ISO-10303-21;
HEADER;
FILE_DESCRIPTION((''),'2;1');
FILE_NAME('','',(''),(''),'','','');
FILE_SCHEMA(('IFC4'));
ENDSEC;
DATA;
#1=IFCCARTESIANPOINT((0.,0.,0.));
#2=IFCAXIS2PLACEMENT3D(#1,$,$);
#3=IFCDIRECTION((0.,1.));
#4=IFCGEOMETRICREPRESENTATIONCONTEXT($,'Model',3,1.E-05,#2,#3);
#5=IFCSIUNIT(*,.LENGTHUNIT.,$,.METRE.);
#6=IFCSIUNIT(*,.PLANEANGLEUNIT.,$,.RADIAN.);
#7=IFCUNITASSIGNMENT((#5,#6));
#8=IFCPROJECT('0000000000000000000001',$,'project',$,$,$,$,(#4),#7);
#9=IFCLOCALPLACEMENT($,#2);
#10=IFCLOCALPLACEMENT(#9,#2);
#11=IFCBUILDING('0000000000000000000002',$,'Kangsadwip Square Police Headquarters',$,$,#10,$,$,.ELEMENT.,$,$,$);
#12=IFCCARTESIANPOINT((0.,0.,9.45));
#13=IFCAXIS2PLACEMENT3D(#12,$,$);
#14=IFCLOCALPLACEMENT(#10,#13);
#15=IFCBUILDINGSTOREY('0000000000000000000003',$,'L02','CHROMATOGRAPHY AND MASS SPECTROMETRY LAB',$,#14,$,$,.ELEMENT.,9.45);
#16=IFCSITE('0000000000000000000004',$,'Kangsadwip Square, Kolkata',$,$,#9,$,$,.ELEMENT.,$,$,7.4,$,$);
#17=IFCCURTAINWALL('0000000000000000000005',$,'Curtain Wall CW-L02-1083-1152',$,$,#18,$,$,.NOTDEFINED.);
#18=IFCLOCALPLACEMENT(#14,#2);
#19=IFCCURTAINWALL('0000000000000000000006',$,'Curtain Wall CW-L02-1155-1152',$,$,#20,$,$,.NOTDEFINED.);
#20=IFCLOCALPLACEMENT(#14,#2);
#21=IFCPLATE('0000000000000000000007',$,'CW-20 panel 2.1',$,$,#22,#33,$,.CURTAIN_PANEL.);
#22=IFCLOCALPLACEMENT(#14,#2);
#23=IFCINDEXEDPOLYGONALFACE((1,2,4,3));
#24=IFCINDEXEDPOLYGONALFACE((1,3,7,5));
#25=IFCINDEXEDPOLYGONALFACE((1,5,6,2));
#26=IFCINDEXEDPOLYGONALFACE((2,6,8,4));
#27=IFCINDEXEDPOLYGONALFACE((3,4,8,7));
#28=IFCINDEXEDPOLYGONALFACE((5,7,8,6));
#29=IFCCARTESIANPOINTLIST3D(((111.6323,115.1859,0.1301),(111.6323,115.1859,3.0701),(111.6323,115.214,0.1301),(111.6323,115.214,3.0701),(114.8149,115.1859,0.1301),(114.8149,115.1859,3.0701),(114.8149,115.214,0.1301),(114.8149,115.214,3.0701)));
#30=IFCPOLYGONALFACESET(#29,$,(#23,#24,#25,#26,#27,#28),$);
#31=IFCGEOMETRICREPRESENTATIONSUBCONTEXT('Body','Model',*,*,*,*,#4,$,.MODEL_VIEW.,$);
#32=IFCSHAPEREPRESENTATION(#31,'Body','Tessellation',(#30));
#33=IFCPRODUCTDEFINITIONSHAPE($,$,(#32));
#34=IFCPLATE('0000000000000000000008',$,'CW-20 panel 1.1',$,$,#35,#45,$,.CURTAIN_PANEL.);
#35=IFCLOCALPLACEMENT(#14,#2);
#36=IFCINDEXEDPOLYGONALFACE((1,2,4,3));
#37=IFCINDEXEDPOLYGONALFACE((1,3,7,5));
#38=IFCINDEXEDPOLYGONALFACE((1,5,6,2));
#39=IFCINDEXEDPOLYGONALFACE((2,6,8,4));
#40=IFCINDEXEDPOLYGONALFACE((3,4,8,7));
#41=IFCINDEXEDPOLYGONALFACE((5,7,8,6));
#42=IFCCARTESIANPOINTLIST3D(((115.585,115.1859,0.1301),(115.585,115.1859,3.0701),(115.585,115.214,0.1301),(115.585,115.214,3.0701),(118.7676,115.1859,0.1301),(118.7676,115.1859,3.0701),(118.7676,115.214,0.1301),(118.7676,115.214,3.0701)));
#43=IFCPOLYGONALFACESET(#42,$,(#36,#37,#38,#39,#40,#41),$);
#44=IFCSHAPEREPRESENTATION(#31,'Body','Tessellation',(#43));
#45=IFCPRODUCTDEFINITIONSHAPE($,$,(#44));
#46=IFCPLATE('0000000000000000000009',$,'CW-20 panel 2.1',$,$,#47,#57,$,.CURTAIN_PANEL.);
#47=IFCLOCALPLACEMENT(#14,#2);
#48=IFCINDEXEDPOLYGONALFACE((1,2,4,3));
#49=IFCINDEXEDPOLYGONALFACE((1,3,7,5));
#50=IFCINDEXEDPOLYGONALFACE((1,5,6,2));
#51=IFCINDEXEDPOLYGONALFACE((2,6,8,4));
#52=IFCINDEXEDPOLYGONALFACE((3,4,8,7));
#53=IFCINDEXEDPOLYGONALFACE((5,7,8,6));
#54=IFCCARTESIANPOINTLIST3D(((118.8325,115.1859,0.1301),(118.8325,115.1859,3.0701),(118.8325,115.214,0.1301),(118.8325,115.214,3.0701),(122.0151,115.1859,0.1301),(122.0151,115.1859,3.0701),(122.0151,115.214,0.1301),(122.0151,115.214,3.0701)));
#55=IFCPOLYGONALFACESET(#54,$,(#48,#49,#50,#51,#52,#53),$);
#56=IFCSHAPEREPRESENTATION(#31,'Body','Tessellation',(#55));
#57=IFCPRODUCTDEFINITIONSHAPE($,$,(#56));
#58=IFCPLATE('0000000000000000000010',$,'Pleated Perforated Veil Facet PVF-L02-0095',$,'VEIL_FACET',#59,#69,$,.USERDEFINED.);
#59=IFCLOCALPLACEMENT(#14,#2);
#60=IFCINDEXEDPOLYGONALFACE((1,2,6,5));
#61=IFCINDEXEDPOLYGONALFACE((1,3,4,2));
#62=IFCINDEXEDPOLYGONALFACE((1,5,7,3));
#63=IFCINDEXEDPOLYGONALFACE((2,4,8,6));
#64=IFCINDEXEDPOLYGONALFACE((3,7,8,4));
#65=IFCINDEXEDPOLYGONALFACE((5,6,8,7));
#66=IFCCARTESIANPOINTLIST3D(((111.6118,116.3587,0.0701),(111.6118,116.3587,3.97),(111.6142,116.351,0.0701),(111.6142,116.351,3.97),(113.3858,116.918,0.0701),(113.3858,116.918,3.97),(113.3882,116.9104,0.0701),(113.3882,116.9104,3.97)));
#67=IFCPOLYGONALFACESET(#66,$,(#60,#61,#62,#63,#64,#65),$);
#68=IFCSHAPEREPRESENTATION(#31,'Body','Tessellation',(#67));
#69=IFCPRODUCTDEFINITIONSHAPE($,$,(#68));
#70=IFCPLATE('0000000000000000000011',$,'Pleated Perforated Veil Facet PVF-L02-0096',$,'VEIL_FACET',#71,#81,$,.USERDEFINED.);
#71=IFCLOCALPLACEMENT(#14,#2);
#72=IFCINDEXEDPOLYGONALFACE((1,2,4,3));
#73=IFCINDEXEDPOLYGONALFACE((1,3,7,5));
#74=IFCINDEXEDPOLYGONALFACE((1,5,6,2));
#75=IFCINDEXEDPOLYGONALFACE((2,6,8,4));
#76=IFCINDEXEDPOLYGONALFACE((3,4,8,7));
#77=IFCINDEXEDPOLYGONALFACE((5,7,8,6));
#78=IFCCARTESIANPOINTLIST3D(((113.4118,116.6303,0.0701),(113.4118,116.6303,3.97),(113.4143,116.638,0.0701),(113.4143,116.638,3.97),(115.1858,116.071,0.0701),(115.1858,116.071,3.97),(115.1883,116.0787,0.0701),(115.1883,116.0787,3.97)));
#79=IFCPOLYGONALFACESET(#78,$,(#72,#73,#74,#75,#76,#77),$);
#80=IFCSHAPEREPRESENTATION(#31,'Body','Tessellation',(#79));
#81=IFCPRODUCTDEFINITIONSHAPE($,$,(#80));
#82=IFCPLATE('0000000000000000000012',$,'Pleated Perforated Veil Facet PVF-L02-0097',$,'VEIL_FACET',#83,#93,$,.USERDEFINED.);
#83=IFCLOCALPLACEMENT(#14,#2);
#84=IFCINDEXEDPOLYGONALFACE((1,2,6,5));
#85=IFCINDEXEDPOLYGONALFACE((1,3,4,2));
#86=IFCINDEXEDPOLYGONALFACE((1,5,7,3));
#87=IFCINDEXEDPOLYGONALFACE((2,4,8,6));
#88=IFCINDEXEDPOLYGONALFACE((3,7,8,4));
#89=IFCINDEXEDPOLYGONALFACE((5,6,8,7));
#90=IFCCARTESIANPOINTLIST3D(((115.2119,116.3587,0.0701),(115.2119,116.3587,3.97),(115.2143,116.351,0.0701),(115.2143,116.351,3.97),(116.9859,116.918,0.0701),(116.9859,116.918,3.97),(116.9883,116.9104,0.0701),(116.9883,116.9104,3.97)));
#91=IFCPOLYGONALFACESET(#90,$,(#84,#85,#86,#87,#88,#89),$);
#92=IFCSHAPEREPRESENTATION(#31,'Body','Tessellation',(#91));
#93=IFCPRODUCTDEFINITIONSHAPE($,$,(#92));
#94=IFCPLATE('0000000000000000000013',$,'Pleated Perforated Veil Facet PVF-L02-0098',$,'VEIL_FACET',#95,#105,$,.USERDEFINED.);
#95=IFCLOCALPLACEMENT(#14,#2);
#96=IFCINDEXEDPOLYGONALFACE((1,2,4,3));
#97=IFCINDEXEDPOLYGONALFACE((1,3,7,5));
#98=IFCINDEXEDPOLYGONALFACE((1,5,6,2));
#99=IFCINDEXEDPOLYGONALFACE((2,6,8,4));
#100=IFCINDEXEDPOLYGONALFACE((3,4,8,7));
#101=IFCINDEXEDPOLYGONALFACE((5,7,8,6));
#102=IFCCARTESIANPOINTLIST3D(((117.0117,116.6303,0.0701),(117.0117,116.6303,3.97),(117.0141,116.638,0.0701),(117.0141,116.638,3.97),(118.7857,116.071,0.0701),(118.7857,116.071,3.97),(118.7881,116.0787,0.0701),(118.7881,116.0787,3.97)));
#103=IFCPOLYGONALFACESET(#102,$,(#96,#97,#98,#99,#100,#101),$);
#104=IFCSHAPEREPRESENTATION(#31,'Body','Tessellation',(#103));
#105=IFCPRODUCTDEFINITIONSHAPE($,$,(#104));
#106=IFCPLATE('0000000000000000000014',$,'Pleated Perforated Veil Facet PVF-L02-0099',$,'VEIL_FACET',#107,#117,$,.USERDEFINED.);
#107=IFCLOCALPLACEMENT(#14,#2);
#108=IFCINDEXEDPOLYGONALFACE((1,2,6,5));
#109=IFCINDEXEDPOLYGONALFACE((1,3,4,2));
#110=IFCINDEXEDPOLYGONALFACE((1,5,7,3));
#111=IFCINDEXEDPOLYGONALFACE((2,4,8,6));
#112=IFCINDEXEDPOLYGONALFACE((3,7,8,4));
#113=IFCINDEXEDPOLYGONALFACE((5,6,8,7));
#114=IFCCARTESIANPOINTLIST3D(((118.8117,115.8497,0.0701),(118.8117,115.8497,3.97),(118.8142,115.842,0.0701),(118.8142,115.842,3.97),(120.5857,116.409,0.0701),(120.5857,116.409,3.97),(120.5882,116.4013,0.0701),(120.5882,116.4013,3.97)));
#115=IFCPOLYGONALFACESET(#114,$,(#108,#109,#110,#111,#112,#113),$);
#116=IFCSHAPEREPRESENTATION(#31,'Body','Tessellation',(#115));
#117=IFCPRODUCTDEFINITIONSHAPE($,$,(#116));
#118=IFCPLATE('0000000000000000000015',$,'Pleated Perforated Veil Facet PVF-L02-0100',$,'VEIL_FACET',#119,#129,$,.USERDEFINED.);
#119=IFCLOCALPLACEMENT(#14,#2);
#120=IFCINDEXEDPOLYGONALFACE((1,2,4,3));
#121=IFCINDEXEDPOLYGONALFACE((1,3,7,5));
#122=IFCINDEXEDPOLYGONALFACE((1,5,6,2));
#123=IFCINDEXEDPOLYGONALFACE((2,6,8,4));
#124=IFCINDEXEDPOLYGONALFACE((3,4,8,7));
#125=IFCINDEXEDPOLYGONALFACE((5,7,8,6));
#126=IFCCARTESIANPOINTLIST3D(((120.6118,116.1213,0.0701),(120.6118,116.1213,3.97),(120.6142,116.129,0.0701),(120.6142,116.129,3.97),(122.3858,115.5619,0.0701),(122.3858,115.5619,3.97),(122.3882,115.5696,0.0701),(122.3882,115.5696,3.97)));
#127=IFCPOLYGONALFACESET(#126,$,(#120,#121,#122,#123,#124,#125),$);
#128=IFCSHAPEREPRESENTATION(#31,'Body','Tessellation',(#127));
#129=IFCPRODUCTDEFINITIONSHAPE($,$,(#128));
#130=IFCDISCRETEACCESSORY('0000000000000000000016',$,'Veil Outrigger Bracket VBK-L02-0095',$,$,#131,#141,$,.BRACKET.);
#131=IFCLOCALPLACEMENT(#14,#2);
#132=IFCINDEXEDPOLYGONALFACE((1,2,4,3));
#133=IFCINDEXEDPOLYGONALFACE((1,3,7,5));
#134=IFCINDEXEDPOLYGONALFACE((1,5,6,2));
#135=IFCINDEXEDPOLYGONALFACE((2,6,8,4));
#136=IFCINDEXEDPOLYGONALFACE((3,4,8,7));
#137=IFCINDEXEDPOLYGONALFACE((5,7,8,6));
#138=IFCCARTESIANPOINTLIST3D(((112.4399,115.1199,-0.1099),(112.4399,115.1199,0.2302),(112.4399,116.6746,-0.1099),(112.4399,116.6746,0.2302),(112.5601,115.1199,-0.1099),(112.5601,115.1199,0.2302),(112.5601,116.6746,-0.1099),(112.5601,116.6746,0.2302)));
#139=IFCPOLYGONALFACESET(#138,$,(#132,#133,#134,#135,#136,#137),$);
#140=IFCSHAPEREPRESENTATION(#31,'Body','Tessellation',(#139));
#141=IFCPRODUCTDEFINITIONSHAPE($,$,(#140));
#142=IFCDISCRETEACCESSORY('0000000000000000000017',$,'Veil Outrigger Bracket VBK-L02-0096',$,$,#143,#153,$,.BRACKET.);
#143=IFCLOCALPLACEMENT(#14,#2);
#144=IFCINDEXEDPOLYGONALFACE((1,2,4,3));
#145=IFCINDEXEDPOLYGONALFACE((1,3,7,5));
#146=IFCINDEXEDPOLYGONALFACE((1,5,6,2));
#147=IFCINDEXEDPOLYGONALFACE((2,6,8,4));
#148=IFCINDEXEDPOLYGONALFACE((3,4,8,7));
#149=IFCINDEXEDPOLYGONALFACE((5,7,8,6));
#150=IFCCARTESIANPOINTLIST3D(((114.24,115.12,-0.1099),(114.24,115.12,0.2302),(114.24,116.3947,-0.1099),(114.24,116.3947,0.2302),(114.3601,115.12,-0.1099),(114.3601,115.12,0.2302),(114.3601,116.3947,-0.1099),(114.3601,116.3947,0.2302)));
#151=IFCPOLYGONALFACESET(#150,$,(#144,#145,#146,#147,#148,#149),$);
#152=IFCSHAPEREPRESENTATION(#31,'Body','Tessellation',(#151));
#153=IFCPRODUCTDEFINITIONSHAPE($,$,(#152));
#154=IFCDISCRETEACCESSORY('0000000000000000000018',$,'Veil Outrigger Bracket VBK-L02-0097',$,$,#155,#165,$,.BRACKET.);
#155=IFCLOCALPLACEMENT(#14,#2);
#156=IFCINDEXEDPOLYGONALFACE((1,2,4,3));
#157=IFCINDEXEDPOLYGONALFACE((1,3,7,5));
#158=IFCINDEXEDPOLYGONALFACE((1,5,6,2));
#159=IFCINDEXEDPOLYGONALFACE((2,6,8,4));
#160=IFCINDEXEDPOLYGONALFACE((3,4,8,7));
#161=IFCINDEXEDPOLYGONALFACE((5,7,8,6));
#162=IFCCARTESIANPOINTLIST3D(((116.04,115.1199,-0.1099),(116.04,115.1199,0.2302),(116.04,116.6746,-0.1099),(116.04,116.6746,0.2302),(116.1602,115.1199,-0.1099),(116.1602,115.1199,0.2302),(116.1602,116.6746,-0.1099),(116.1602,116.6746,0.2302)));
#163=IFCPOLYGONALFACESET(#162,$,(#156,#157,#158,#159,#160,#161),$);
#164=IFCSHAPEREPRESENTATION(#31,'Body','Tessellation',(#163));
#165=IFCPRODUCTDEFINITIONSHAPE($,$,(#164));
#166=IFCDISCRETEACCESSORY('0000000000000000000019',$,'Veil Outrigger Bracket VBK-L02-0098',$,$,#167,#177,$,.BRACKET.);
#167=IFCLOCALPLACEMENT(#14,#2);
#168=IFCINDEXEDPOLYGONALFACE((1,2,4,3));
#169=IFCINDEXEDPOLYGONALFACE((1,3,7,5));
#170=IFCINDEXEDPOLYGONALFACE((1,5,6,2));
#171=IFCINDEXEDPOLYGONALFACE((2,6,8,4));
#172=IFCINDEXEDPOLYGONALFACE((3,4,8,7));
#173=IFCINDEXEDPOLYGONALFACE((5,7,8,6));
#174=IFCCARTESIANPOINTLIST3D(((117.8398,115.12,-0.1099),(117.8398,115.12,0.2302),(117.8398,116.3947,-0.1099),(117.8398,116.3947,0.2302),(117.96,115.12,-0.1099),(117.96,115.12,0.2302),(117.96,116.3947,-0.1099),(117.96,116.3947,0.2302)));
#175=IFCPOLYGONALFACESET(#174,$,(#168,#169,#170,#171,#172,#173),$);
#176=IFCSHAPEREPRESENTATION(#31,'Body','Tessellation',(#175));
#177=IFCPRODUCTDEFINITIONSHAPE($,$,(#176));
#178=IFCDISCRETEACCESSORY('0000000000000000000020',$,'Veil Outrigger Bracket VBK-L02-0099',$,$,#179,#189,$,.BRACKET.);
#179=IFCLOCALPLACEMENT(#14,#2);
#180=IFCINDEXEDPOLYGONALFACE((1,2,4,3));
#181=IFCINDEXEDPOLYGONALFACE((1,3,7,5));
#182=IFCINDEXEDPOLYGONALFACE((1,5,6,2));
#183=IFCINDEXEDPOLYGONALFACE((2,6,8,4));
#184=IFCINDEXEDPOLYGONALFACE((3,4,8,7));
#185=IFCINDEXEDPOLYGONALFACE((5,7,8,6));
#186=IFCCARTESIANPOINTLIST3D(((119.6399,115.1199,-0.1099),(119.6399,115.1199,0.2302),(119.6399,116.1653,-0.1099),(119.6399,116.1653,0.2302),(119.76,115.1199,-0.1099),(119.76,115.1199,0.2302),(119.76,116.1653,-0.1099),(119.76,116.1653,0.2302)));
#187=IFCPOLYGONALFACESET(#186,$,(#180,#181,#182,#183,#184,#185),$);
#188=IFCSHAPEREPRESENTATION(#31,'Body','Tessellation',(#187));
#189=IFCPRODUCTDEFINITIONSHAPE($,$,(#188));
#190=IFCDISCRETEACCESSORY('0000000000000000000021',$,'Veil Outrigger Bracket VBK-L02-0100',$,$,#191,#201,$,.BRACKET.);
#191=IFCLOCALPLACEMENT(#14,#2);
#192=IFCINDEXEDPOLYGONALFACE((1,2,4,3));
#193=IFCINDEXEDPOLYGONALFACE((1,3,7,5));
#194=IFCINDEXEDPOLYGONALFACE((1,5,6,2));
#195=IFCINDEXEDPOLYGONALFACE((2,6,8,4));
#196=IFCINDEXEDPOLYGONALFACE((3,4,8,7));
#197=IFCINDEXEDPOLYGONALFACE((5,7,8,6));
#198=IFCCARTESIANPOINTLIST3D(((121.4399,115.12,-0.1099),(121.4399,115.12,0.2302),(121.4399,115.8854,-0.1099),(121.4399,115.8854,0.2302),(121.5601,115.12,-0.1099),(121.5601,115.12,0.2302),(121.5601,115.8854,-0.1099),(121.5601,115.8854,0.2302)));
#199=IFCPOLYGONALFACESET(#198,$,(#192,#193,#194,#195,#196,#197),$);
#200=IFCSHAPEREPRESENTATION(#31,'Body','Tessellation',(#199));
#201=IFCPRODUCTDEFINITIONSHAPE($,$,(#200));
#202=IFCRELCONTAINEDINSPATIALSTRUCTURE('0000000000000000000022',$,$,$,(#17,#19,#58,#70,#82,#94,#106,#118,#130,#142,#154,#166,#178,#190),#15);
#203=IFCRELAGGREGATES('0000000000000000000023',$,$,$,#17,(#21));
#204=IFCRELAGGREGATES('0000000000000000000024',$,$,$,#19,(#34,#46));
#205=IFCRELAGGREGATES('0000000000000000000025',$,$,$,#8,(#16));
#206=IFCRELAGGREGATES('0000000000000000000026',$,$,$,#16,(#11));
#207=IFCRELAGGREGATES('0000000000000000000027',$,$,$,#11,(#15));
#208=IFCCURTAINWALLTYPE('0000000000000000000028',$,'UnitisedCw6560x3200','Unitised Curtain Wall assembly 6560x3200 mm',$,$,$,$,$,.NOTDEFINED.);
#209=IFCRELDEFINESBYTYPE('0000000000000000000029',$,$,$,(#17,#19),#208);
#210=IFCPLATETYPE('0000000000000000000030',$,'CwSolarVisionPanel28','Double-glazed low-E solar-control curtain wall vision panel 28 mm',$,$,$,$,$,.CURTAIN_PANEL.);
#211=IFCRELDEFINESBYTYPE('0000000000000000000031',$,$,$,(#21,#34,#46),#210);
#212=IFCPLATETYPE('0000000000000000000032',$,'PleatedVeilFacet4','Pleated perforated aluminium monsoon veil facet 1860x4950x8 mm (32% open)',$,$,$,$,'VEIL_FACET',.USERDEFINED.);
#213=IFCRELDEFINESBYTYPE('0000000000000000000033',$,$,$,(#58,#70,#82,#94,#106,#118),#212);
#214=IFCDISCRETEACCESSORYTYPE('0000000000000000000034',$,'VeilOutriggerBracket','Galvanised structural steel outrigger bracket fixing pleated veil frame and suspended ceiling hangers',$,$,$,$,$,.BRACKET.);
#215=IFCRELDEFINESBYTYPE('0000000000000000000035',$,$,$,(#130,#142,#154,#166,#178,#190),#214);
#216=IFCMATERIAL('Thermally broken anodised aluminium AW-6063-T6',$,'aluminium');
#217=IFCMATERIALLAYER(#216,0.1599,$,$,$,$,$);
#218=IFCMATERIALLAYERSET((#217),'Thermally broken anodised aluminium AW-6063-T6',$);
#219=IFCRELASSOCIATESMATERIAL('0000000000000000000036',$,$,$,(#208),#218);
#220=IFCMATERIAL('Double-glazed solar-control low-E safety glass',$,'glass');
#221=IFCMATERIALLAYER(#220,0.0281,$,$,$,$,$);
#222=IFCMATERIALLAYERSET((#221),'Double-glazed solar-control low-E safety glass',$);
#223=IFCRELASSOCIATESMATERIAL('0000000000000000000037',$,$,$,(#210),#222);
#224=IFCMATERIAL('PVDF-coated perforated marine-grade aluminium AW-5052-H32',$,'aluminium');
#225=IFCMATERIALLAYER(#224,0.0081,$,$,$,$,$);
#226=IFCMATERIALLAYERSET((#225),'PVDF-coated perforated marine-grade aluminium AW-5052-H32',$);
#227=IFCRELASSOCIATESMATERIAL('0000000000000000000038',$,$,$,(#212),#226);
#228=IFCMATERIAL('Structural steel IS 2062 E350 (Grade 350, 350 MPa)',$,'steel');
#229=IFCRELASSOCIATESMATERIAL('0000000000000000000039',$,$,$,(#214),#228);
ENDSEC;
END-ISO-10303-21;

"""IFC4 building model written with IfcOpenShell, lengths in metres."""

from ifc_helpers import new_model, si_unit, direction, frame, origin, origin_2d, place, context, subcontext, project, spatial, rectangle, extrude, material, layer, layer_set, type_object, element, aggregate, save


model = new_model("IFC4")

# Units and contexts
model_context = context("Model", 3, precision=1e-05, world=origin(), true_north=direction((0.0, 1.0)))
body_context = subcontext(model_context, "Body", "Model", "MODEL_VIEW")
ifc_project = project(units=[si_unit("LENGTHUNIT", "METRE"), si_unit("PLANEANGLEUNIT", "RADIAN")], contexts=[model_context])

# Site, building, storey
site_placement = place(None, origin())
site = spatial("IfcSite", under=ifc_project, at=site_placement, Name="Kangsadwip Square, Kolkata", CompositionType="ELEMENT", RefElevation=7.4)
building_placement = place(site_placement, origin())
building = spatial("IfcBuilding", under=site, at=building_placement, Name="Kangsadwip Square Police Headquarters", CompositionType="ELEMENT")
storey_placement = place(building_placement, frame((0.0, 0.0, 9.45)))
storey = spatial("IfcBuildingStorey", under=building, at=storey_placement, Name="L02", Description="CHROMATOGRAPHY AND MASS SPECTROMETRY LAB", CompositionType="ELEMENT", Elevation=9.45)

# Curtain wall
ifc_material_1 = material(Name="Thermally broken anodised aluminium AW-6063-T6", Category="aluminium")
ifc_layer_1 = layer(ifc_material_1, 0.1599)
ifc_layer_set_1 = layer_set([ifc_layer_1], Name="Thermally broken anodised aluminium AW-6063-T6")
curtain_wall_type = type_object("IfcCurtainWallType", Name="UnitisedCw6560x3200", Description="Unitised Curtain Wall assembly 6560x3200 mm", PredefinedType="NOTDEFINED", material=ifc_layer_set_1)
curtain_wall_1_placement = place(storey_placement, origin())
curtain_wall_1 = element("IfcCurtainWall", 1, at=curtain_wall_1_placement, inside=storey, type_object=curtain_wall_type, Name="Curtain Wall CW-L02-1083-1152", PredefinedType="NOTDEFINED")

# Curtain wall
curtain_wall_2_placement = place(storey_placement, origin())
curtain_wall_2 = element("IfcCurtainWall", 2, at=curtain_wall_2_placement, inside=storey, type_object=curtain_wall_type, Name="Curtain Wall CW-L02-1155-1152", PredefinedType="NOTDEFINED")

# Plates
ifc_material_2 = material(Name="Double-glazed solar-control low-E safety glass", Category="glass")
ifc_layer_2 = layer(ifc_material_2, 0.0281)
ifc_layer_set_2 = layer_set([ifc_layer_2], Name="Double-glazed solar-control low-E safety glass")
plate_type_1 = type_object("IfcPlateType", Name="CwSolarVisionPanel28", Description="Double-glazed low-E solar-control curtain wall vision panel 28 mm", PredefinedType="CURTAIN_PANEL", material=ifc_layer_set_2)
plate_1_placement = place(storey_placement, frame((113.2236, 115.2, 0.1301), z_axis=(0.0, 0.0, 1.0), x_axis=(1.0, 0.0, 0.0)))
plate_1 = element("IfcPlate", 3, at=plate_1_placement, type_object=plate_type_1, Name="CW-20 panel 2.1", PredefinedType="CURTAIN_PANEL", context=body_context, shape_type="SweptSolid", body=[
    extrude(rectangle(XDim=3.1826, YDim=0.0281, at=origin_2d()), origin(), (0.0, 0.0, 1.0), 2.9399),
])
aggregate(curtain_wall_1, [plate_1])
plate_2_placement = place(storey_placement, frame((117.1763, 115.2, 0.1301), z_axis=(0.0, 0.0, 1.0), x_axis=(1.0, 0.0, 0.0)))
plate_2 = element("IfcPlate", 4, at=plate_2_placement, type_object=plate_type_1, Name="CW-20 panel 1.1", PredefinedType="CURTAIN_PANEL", context=body_context, shape_type="SweptSolid", body=[
    extrude(rectangle(XDim=3.1826, YDim=0.0281, at=origin_2d()), origin(), (0.0, 0.0, 1.0), 2.9399),
])
plate_3_placement = place(storey_placement, frame((120.4238, 115.2, 0.1301), z_axis=(0.0, 0.0, 1.0), x_axis=(1.0, 0.0, 0.0)))
plate_3 = element("IfcPlate", 5, at=plate_3_placement, type_object=plate_type_1, Name="CW-20 panel 2.1", PredefinedType="CURTAIN_PANEL", context=body_context, shape_type="SweptSolid", body=[
    extrude(rectangle(XDim=3.1826, YDim=0.0281, at=origin_2d()), origin(), (0.0, 0.0, 1.0), 2.9399),
])
aggregate(curtain_wall_2, [plate_2, plate_3])

# Plates
ifc_material_3 = material(Name="PVDF-coated perforated marine-grade aluminium AW-5052-H32", Category="aluminium")
ifc_layer_3 = layer(ifc_material_3, 0.0081)
ifc_layer_set_3 = layer_set([ifc_layer_3], Name="PVDF-coated perforated marine-grade aluminium AW-5052-H32")
plate_type_2 = type_object("IfcPlateType", Name="PleatedVeilFacet4", Description="Pleated perforated aluminium monsoon veil facet 1860x4950x8 mm (32% open)", ElementType="VEIL_FACET", PredefinedType="USERDEFINED", material=ifc_layer_set_3)
for number, where, z_axis, x_axis, name in (
    (6, (112.5, 116.6345, 0.0701), (0.0, 0.0, 1.0), (0.953717, 0.300706, 0.0), "Pleated Perforated Veil Facet PVF-L02-0095"),
    (7, (114.3, 116.3545, 0.0701), (0.0, 0.0, 1.0), (0.953717, -0.300706, 0.0), "Pleated Perforated Veil Facet PVF-L02-0096"),
    (8, (116.1001, 116.6345, 0.0701), (0.0, 0.0, 1.0), (0.953717, 0.300706, 0.0), "Pleated Perforated Veil Facet PVF-L02-0097"),
    (9, (117.8999, 116.3545, 0.0701), (0.0, 0.0, 1.0), (0.953717, -0.300706, 0.0), "Pleated Perforated Veil Facet PVF-L02-0098"),
    (10, (119.7, 116.1255, 0.0701), (0.0, 0.0, 1.0), (0.953717, 0.300706, 0.0), "Pleated Perforated Veil Facet PVF-L02-0099"),
    (11, (121.5, 115.8455, 0.0701), (0.0, 0.0, 1.0), (0.953717, -0.300706, 0.0), "Pleated Perforated Veil Facet PVF-L02-0100"),
):
    element("IfcPlate", number, at=place(storey_placement, frame(where, z_axis=z_axis, x_axis=x_axis)), inside=storey, type_object=plate_type_2, Name=name, ObjectType="VEIL_FACET", PredefinedType="USERDEFINED", context=body_context, shape_type="SweptSolid", body=[
        extrude(rectangle(XDim=1.8601, YDim=0.0081, at=origin_2d()), origin(), (0.0, 0.0, 1.0), 3.8999),
    ])

# Discrete accessories
ifc_material_4 = material(Name="Structural steel IS 2062 E350 (Grade 350, 350 MPa)", Category="steel")
discrete_accessory_type = type_object("IfcDiscreteAccessoryType", Name="VeilOutriggerBracket", Description="Galvanised structural steel outrigger bracket fixing pleated veil frame and suspended ceiling hangers", PredefinedType="BRACKET", material=ifc_material_4)
discrete_accessory_1_placement = place(storey_placement, frame((112.5, 115.8972, -0.1099), z_axis=(0.0, 0.0, 1.0), x_axis=(1.0, 0.0, 0.0)))
element("IfcDiscreteAccessory", 12, at=discrete_accessory_1_placement, inside=storey, type_object=discrete_accessory_type, Name="Veil Outrigger Bracket VBK-L02-0095", PredefinedType="BRACKET", context=body_context, shape_type="SweptSolid", body=[
    extrude(rectangle(XDim=0.1201, YDim=1.5547, at=origin_2d()), origin(), (0.0, 0.0, 1.0), 0.3401),
])
discrete_accessory_2_placement = place(storey_placement, frame((114.3, 115.7573, -0.1099), z_axis=(0.0, 0.0, 1.0), x_axis=(1.0, 0.0, 0.0)))
element("IfcDiscreteAccessory", 13, at=discrete_accessory_2_placement, inside=storey, type_object=discrete_accessory_type, Name="Veil Outrigger Bracket VBK-L02-0096", PredefinedType="BRACKET", context=body_context, shape_type="SweptSolid", body=[
    extrude(rectangle(XDim=0.1201, YDim=1.2747, at=origin_2d()), origin(), (0.0, 0.0, 1.0), 0.3401),
])
discrete_accessory_3_placement = place(storey_placement, frame((116.1001, 115.8972, -0.1099), z_axis=(0.0, 0.0, 1.0), x_axis=(1.0, 0.0, 0.0)))
element("IfcDiscreteAccessory", 14, at=discrete_accessory_3_placement, inside=storey, type_object=discrete_accessory_type, Name="Veil Outrigger Bracket VBK-L02-0097", PredefinedType="BRACKET", context=body_context, shape_type="SweptSolid", body=[
    extrude(rectangle(XDim=0.1201, YDim=1.5547, at=origin_2d()), origin(), (0.0, 0.0, 1.0), 0.3401),
])
discrete_accessory_4_placement = place(storey_placement, frame((117.8999, 115.7573, -0.1099), z_axis=(0.0, 0.0, 1.0), x_axis=(1.0, 0.0, 0.0)))
element("IfcDiscreteAccessory", 15, at=discrete_accessory_4_placement, inside=storey, type_object=discrete_accessory_type, Name="Veil Outrigger Bracket VBK-L02-0098", PredefinedType="BRACKET", context=body_context, shape_type="SweptSolid", body=[
    extrude(rectangle(XDim=0.1201, YDim=1.2747, at=origin_2d()), origin(), (0.0, 0.0, 1.0), 0.3401),
])
discrete_accessory_5_placement = place(storey_placement, frame((119.7, 115.6426, -0.1099), z_axis=(0.0, 0.0, 1.0), x_axis=(1.0, 0.0, 0.0)))
element("IfcDiscreteAccessory", 16, at=discrete_accessory_5_placement, inside=storey, type_object=discrete_accessory_type, Name="Veil Outrigger Bracket VBK-L02-0099", PredefinedType="BRACKET", context=body_context, shape_type="SweptSolid", body=[
    extrude(rectangle(XDim=0.1201, YDim=1.0454, at=origin_2d()), origin(), (0.0, 0.0, 1.0), 0.3401),
])
discrete_accessory_6_placement = place(storey_placement, frame((121.5, 115.5027, -0.1099), z_axis=(0.0, 0.0, 1.0), x_axis=(1.0, 0.0, 0.0)))
element("IfcDiscreteAccessory", 17, at=discrete_accessory_6_placement, inside=storey, type_object=discrete_accessory_type, Name="Veil Outrigger Bracket VBK-L02-0100", PredefinedType="BRACKET", context=body_context, shape_type="SweptSolid", body=[
    extrude(rectangle(XDim=0.1201, YDim=0.7654, at=origin_2d()), origin(), (0.0, 0.0, 1.0), 0.3401),
])

save(model, "model.ifc")
